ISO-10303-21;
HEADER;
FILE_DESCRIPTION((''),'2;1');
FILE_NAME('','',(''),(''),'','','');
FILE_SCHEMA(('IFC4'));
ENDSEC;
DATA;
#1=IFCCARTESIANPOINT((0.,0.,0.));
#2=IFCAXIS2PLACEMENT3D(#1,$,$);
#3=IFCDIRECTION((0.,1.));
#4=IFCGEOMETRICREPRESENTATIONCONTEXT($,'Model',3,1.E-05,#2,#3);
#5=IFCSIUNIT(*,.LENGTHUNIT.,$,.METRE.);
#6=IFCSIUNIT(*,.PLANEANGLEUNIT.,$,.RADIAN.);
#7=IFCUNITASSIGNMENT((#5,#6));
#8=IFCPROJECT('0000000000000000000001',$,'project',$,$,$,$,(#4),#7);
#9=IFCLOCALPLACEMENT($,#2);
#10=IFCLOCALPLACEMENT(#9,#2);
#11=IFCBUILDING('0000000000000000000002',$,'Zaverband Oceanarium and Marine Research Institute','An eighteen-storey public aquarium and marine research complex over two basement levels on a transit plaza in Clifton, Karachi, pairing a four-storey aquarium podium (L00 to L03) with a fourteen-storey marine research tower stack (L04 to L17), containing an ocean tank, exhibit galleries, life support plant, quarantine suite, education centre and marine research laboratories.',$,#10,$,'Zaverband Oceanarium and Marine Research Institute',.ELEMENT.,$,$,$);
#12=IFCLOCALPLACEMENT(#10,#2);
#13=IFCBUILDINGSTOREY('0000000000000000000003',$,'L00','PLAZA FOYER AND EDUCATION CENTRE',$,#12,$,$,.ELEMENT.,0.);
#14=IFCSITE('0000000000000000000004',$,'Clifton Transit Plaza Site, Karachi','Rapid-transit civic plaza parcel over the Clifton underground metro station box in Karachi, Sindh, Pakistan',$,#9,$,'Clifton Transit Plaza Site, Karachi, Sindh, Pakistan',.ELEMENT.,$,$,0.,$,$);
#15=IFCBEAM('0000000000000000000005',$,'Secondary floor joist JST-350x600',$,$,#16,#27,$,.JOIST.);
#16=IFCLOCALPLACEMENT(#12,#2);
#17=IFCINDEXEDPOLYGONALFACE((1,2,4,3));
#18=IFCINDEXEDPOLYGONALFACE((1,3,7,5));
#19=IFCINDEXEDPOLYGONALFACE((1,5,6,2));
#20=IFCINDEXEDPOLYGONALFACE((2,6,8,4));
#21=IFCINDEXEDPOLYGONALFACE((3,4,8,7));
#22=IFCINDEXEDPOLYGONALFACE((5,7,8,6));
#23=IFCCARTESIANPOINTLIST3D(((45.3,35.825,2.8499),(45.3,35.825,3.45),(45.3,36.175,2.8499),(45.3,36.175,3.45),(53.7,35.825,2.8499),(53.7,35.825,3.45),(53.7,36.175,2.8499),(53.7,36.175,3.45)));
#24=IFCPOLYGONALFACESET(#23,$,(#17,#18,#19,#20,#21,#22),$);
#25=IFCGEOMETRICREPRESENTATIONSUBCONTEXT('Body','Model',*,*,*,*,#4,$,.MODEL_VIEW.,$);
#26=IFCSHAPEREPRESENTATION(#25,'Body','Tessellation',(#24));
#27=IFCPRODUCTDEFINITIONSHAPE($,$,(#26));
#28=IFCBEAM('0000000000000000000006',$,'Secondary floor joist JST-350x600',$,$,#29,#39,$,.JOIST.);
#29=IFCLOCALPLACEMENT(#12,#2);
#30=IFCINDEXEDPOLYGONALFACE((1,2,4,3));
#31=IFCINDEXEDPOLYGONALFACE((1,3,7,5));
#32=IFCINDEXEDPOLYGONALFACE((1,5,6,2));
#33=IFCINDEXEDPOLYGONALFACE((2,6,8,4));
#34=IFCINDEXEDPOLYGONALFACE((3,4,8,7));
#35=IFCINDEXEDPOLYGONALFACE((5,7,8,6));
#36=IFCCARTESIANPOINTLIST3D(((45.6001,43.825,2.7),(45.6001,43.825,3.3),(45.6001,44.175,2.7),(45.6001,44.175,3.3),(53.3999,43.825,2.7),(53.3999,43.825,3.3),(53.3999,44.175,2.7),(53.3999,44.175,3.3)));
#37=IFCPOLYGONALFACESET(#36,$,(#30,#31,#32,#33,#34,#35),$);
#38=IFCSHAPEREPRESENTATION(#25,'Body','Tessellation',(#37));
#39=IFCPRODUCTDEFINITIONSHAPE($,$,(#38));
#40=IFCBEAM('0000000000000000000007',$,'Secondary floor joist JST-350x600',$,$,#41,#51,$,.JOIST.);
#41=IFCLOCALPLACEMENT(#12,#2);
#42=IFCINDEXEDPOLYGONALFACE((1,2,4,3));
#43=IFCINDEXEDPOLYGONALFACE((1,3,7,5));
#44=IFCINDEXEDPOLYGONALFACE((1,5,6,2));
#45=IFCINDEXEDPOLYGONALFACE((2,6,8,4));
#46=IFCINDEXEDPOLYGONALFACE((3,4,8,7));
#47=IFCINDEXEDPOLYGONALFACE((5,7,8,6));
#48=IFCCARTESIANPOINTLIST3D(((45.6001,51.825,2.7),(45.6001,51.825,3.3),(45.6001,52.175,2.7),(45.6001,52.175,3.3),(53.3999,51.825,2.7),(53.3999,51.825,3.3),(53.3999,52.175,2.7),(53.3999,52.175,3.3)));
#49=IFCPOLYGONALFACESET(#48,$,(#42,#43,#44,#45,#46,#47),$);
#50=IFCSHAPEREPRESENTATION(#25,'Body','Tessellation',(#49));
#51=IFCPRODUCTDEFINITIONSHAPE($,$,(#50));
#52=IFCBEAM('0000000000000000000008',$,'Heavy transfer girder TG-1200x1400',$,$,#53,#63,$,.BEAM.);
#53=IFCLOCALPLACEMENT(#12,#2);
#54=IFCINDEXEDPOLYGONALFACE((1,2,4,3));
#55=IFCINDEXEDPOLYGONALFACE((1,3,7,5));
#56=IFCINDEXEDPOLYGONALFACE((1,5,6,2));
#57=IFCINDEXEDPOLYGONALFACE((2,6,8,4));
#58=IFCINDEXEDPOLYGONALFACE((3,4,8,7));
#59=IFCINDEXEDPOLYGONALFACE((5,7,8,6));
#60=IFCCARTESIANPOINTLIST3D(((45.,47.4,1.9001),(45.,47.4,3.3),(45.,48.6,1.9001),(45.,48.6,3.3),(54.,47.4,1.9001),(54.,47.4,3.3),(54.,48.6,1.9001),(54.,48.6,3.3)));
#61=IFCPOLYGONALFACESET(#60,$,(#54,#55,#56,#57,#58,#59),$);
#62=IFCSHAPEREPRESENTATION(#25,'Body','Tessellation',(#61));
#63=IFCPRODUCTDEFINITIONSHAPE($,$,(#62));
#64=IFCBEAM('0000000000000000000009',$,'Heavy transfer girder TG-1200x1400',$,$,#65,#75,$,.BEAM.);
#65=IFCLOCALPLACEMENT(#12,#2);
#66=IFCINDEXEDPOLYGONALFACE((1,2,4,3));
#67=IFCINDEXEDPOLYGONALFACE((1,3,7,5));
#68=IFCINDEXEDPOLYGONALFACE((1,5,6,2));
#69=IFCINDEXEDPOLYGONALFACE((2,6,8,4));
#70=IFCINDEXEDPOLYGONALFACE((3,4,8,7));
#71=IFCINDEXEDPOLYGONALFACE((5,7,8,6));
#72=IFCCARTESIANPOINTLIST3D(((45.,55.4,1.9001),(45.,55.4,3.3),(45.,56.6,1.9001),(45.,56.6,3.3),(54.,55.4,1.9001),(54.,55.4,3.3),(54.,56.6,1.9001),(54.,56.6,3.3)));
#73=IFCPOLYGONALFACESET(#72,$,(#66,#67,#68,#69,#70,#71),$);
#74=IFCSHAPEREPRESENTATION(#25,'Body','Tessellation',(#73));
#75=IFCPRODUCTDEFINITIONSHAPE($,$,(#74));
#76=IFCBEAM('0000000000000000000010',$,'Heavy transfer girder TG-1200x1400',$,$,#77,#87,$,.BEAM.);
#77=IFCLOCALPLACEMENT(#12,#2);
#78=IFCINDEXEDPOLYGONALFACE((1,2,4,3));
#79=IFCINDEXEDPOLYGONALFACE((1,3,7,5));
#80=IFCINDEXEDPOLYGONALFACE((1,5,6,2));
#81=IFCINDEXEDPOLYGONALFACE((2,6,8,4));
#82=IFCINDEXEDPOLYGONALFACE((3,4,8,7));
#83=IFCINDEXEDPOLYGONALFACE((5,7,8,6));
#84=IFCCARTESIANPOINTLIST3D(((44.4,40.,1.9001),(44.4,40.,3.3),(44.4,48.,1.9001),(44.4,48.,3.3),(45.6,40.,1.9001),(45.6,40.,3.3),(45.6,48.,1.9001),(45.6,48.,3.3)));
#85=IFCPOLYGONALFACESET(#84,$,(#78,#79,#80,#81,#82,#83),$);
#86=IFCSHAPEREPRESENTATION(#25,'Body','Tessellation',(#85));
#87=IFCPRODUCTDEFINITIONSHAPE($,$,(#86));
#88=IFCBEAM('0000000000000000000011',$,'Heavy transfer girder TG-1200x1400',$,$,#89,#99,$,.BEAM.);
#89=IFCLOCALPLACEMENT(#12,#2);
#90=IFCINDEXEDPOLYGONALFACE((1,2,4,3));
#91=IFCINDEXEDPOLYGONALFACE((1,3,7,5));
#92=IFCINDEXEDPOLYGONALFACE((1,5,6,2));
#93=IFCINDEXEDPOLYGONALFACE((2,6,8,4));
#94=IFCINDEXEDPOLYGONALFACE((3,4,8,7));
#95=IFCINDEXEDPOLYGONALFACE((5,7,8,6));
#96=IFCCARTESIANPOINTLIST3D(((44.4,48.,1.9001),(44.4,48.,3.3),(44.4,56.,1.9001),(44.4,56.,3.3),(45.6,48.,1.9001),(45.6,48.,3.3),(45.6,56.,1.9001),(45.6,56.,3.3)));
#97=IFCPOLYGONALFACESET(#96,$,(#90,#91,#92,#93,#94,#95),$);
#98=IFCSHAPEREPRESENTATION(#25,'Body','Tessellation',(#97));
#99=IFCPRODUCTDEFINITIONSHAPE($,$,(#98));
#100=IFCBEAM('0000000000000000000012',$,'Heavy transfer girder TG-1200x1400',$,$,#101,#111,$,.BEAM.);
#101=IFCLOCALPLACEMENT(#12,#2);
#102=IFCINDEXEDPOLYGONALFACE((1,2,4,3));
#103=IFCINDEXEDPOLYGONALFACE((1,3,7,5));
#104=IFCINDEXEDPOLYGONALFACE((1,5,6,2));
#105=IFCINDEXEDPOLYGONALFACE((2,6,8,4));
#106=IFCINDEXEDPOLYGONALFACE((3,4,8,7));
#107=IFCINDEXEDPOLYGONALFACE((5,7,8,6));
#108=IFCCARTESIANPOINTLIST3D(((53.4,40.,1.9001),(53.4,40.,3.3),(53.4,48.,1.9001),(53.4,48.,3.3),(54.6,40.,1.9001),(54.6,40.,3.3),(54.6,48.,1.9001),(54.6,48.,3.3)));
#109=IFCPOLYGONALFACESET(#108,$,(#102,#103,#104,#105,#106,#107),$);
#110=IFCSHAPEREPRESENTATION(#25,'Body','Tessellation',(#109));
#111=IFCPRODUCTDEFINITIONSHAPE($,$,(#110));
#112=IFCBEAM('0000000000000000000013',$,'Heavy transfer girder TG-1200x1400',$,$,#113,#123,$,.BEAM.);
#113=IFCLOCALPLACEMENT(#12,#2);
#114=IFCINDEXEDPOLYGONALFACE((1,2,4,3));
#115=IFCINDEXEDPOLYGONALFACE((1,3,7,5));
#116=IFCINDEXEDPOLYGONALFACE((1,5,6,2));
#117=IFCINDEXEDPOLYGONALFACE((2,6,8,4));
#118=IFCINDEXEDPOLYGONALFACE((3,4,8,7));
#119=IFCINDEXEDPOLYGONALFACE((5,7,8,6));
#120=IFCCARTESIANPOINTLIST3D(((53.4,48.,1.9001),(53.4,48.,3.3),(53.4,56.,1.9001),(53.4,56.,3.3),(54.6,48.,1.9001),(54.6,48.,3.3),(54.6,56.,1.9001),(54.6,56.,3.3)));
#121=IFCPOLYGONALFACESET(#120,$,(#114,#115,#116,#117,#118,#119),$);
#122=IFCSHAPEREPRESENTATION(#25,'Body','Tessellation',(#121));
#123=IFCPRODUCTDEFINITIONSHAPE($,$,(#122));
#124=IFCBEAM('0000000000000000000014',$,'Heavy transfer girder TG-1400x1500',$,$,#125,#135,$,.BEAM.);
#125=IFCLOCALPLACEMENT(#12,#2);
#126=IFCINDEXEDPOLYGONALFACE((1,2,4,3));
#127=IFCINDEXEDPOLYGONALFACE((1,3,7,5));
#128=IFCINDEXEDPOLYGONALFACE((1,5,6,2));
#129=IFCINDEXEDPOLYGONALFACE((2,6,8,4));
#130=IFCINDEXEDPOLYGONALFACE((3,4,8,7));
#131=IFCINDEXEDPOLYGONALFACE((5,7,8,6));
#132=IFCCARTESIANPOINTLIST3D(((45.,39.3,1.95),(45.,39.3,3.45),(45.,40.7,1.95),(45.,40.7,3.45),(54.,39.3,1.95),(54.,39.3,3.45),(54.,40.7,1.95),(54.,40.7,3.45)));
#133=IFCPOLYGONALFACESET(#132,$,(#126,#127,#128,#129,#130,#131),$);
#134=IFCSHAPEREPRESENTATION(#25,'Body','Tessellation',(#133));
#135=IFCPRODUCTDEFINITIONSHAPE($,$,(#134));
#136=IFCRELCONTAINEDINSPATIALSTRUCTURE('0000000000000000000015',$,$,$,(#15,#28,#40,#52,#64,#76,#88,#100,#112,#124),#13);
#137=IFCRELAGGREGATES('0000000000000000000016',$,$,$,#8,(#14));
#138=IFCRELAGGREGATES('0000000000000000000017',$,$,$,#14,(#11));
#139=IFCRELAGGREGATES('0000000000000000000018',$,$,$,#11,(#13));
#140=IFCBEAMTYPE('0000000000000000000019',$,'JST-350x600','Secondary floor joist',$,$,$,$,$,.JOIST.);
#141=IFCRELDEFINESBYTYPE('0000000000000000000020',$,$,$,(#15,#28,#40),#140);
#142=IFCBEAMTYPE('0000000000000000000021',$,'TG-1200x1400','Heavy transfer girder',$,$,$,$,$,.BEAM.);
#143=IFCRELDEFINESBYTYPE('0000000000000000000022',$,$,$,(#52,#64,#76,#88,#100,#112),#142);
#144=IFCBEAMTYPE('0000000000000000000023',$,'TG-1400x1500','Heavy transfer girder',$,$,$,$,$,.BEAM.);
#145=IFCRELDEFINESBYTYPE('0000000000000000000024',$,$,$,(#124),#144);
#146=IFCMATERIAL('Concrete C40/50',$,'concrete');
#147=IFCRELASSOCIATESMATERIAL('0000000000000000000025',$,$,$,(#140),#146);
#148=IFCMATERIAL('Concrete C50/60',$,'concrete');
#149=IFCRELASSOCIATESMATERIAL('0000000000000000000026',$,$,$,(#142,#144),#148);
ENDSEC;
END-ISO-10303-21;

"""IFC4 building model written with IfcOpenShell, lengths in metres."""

from ifc_helpers import new_model, si_unit, direction, frame, origin, origin_2d, place, context, subcontext, project, spatial, rectangle, extrude, material, material_profile, profile_set, type_object, element, save


model = new_model("IFC4")

# Units and contexts
model_context = context("Model", 3, precision=1e-05, world=origin(), true_north=direction((0.0, 1.0)))
body_context = subcontext(model_context, "Body", "Model", "MODEL_VIEW")
ifc_project = project(units=[si_unit("LENGTHUNIT", "METRE"), si_unit("PLANEANGLEUNIT", "RADIAN")], contexts=[model_context])

# Site, building, storey
site_placement = place(None, origin())
site = spatial("IfcSite", under=ifc_project, at=site_placement, Name="Clifton Transit Plaza Site, Karachi", Description="Rapid-transit civic plaza parcel over the Clifton underground metro station box in Karachi, Sindh, Pakistan", LongName="Clifton Transit Plaza Site, Karachi, Sindh, Pakistan", CompositionType="ELEMENT", RefElevation=0.0)
building_placement = place(site_placement, origin())
building = spatial("IfcBuilding", under=site, at=building_placement, Name="Zaverband Oceanarium and Marine Research Institute", Description="An eighteen-storey public aquarium and marine research complex over two basement levels on a transit plaza in Clifton, Karachi, pairing a four-storey aquarium podium (L00 to L03) with a fourteen-storey marine research tower stack (L04 to L17), containing an ocean tank, exhibit galleries, life support plant, quarantine suite, education centre and marine research laboratories.", LongName="Zaverband Oceanarium and Marine Research Institute", CompositionType="ELEMENT")
storey_placement = place(building_placement, origin())
storey = spatial("IfcBuildingStorey", under=building, at=storey_placement, Name="L00", Description="PLAZA FOYER AND EDUCATION CENTRE", CompositionType="ELEMENT", Elevation=0.0)

# Shared definitions
ifc_material_1 = material(Name="Concrete C50/60", Category="concrete")

# Beams
ifc_material_2 = material(Name="Concrete C40/50", Category="concrete")
ifc_material_profile_1 = material_profile(ifc_material_2, rectangle(XDim=0.3501, YDim=0.6001, at=origin_2d()), Name="RC350x600")
ifc_profile_set_1 = profile_set([ifc_material_profile_1], Name="Concrete C40/50")
beam_type_1 = type_object("IfcBeamType", Name="JST-350x600", Description="Secondary floor joist", PredefinedType="JOIST", material=ifc_profile_set_1)
beam_1_placement = place(storey_placement, frame((45.3, 36.0, 3.1499), z_axis=(1.0, 0.0, 0.0), x_axis=(0.0, 1.0, 0.0)))
element("IfcBeam", 1, at=beam_1_placement, inside=storey, type_object=beam_type_1, Name="Secondary floor joist JST-350x600", PredefinedType="JOIST", context=body_context, shape_type="SweptSolid", body=[
    extrude(rectangle(XDim=0.3501, YDim=0.6001, at=origin_2d()), origin(), (0.0, 0.0, 1.0), 8.3999),
])
for number, where, z_axis, x_axis, name in (
    (2, (45.6001, 44.0, 3.0), (1.0, 0.0, 0.0), (0.0, 1.0, 0.0), "Secondary floor joist JST-350x600"),
    (3, (45.6001, 52.0, 3.0), (1.0, 0.0, 0.0), (0.0, 1.0, 0.0), "Secondary floor joist JST-350x600"),
):
    element("IfcBeam", number, at=place(storey_placement, frame(where, z_axis=z_axis, x_axis=x_axis)), inside=storey, type_object=beam_type_1, Name=name, PredefinedType="JOIST", context=body_context, shape_type="SweptSolid", body=[
        extrude(rectangle(XDim=0.3501, YDim=0.6001, at=origin_2d()), origin(), (0.0, 0.0, 1.0), 7.7998),
    ])
ifc_material_profile_2 = material_profile(ifc_material_1, rectangle(XDim=1.2, YDim=1.3999, at=origin_2d()), Name="RC1200x1400")
ifc_profile_set_2 = profile_set([ifc_material_profile_2], Name="Concrete C50/60")
beam_type_2 = type_object("IfcBeamType", Name="TG-1200x1400", Description="Heavy transfer girder", PredefinedType="BEAM", material=ifc_profile_set_2)
for number, where, z_axis, x_axis, name in (
    (4, (45.0, 48.0, 2.6001), (1.0, 0.0, 0.0), (0.0, 1.0, 0.0), "Heavy transfer girder TG-1200x1400"),
    (5, (45.0, 56.0, 2.6001), (1.0, 0.0, 0.0), (0.0, 1.0, 0.0), "Heavy transfer girder TG-1200x1400"),
):
    element("IfcBeam", number, at=place(storey_placement, frame(where, z_axis=z_axis, x_axis=x_axis)), inside=storey, type_object=beam_type_2, Name=name, PredefinedType="BEAM", context=body_context, shape_type="SweptSolid", body=[
        extrude(rectangle(XDim=1.2, YDim=1.3999, at=origin_2d()), origin(), (0.0, 0.0, 1.0), 9.0),
    ])
for number, where, z_axis, x_axis, name in (
    (6, (45.0, 40.0, 2.6001), (0.0, 1.0, 0.0), (-1.0, 0.0, 0.0), "Heavy transfer girder TG-1200x1400"),
    (7, (45.0, 48.0, 2.6001), (0.0, 1.0, 0.0), (-1.0, 0.0, 0.0), "Heavy transfer girder TG-1200x1400"),
    (8, (54.0, 40.0, 2.6001), (0.0, 1.0, 0.0), (-1.0, 0.0, 0.0), "Heavy transfer girder TG-1200x1400"),
    (9, (54.0, 48.0, 2.6001), (0.0, 1.0, 0.0), (-1.0, 0.0, 0.0), "Heavy transfer girder TG-1200x1400"),
):
    element("IfcBeam", number, at=place(storey_placement, frame(where, z_axis=z_axis, x_axis=x_axis)), inside=storey, type_object=beam_type_2, Name=name, PredefinedType="BEAM", context=body_context, shape_type="SweptSolid", body=[
        extrude(rectangle(XDim=1.2, YDim=1.3999, at=origin_2d()), origin(), (0.0, 0.0, 1.0), 8.0),
    ])
ifc_material_profile_3 = material_profile(ifc_material_1, rectangle(XDim=1.3999, YDim=1.5, at=origin_2d()), Name="RC1400x1500")
ifc_profile_set_3 = profile_set([ifc_material_profile_3], Name="Concrete C50/60")
beam_type_3 = type_object("IfcBeamType", Name="TG-1400x1500", Description="Heavy transfer girder", PredefinedType="BEAM", material=ifc_profile_set_3)
beam_2_placement = place(storey_placement, frame((45.0, 40.0, 2.7), z_axis=(1.0, 0.0, 0.0), x_axis=(0.0, 1.0, 0.0)))
element("IfcBeam", 10, at=beam_2_placement, inside=storey, type_object=beam_type_3, Name="Heavy transfer girder TG-1400x1500", PredefinedType="BEAM", context=body_context, shape_type="SweptSolid", body=[
    extrude(rectangle(XDim=1.3999, YDim=1.5, at=origin_2d()), origin(), (0.0, 0.0, 1.0), 9.0),
])

save(model, "model.ifc")
